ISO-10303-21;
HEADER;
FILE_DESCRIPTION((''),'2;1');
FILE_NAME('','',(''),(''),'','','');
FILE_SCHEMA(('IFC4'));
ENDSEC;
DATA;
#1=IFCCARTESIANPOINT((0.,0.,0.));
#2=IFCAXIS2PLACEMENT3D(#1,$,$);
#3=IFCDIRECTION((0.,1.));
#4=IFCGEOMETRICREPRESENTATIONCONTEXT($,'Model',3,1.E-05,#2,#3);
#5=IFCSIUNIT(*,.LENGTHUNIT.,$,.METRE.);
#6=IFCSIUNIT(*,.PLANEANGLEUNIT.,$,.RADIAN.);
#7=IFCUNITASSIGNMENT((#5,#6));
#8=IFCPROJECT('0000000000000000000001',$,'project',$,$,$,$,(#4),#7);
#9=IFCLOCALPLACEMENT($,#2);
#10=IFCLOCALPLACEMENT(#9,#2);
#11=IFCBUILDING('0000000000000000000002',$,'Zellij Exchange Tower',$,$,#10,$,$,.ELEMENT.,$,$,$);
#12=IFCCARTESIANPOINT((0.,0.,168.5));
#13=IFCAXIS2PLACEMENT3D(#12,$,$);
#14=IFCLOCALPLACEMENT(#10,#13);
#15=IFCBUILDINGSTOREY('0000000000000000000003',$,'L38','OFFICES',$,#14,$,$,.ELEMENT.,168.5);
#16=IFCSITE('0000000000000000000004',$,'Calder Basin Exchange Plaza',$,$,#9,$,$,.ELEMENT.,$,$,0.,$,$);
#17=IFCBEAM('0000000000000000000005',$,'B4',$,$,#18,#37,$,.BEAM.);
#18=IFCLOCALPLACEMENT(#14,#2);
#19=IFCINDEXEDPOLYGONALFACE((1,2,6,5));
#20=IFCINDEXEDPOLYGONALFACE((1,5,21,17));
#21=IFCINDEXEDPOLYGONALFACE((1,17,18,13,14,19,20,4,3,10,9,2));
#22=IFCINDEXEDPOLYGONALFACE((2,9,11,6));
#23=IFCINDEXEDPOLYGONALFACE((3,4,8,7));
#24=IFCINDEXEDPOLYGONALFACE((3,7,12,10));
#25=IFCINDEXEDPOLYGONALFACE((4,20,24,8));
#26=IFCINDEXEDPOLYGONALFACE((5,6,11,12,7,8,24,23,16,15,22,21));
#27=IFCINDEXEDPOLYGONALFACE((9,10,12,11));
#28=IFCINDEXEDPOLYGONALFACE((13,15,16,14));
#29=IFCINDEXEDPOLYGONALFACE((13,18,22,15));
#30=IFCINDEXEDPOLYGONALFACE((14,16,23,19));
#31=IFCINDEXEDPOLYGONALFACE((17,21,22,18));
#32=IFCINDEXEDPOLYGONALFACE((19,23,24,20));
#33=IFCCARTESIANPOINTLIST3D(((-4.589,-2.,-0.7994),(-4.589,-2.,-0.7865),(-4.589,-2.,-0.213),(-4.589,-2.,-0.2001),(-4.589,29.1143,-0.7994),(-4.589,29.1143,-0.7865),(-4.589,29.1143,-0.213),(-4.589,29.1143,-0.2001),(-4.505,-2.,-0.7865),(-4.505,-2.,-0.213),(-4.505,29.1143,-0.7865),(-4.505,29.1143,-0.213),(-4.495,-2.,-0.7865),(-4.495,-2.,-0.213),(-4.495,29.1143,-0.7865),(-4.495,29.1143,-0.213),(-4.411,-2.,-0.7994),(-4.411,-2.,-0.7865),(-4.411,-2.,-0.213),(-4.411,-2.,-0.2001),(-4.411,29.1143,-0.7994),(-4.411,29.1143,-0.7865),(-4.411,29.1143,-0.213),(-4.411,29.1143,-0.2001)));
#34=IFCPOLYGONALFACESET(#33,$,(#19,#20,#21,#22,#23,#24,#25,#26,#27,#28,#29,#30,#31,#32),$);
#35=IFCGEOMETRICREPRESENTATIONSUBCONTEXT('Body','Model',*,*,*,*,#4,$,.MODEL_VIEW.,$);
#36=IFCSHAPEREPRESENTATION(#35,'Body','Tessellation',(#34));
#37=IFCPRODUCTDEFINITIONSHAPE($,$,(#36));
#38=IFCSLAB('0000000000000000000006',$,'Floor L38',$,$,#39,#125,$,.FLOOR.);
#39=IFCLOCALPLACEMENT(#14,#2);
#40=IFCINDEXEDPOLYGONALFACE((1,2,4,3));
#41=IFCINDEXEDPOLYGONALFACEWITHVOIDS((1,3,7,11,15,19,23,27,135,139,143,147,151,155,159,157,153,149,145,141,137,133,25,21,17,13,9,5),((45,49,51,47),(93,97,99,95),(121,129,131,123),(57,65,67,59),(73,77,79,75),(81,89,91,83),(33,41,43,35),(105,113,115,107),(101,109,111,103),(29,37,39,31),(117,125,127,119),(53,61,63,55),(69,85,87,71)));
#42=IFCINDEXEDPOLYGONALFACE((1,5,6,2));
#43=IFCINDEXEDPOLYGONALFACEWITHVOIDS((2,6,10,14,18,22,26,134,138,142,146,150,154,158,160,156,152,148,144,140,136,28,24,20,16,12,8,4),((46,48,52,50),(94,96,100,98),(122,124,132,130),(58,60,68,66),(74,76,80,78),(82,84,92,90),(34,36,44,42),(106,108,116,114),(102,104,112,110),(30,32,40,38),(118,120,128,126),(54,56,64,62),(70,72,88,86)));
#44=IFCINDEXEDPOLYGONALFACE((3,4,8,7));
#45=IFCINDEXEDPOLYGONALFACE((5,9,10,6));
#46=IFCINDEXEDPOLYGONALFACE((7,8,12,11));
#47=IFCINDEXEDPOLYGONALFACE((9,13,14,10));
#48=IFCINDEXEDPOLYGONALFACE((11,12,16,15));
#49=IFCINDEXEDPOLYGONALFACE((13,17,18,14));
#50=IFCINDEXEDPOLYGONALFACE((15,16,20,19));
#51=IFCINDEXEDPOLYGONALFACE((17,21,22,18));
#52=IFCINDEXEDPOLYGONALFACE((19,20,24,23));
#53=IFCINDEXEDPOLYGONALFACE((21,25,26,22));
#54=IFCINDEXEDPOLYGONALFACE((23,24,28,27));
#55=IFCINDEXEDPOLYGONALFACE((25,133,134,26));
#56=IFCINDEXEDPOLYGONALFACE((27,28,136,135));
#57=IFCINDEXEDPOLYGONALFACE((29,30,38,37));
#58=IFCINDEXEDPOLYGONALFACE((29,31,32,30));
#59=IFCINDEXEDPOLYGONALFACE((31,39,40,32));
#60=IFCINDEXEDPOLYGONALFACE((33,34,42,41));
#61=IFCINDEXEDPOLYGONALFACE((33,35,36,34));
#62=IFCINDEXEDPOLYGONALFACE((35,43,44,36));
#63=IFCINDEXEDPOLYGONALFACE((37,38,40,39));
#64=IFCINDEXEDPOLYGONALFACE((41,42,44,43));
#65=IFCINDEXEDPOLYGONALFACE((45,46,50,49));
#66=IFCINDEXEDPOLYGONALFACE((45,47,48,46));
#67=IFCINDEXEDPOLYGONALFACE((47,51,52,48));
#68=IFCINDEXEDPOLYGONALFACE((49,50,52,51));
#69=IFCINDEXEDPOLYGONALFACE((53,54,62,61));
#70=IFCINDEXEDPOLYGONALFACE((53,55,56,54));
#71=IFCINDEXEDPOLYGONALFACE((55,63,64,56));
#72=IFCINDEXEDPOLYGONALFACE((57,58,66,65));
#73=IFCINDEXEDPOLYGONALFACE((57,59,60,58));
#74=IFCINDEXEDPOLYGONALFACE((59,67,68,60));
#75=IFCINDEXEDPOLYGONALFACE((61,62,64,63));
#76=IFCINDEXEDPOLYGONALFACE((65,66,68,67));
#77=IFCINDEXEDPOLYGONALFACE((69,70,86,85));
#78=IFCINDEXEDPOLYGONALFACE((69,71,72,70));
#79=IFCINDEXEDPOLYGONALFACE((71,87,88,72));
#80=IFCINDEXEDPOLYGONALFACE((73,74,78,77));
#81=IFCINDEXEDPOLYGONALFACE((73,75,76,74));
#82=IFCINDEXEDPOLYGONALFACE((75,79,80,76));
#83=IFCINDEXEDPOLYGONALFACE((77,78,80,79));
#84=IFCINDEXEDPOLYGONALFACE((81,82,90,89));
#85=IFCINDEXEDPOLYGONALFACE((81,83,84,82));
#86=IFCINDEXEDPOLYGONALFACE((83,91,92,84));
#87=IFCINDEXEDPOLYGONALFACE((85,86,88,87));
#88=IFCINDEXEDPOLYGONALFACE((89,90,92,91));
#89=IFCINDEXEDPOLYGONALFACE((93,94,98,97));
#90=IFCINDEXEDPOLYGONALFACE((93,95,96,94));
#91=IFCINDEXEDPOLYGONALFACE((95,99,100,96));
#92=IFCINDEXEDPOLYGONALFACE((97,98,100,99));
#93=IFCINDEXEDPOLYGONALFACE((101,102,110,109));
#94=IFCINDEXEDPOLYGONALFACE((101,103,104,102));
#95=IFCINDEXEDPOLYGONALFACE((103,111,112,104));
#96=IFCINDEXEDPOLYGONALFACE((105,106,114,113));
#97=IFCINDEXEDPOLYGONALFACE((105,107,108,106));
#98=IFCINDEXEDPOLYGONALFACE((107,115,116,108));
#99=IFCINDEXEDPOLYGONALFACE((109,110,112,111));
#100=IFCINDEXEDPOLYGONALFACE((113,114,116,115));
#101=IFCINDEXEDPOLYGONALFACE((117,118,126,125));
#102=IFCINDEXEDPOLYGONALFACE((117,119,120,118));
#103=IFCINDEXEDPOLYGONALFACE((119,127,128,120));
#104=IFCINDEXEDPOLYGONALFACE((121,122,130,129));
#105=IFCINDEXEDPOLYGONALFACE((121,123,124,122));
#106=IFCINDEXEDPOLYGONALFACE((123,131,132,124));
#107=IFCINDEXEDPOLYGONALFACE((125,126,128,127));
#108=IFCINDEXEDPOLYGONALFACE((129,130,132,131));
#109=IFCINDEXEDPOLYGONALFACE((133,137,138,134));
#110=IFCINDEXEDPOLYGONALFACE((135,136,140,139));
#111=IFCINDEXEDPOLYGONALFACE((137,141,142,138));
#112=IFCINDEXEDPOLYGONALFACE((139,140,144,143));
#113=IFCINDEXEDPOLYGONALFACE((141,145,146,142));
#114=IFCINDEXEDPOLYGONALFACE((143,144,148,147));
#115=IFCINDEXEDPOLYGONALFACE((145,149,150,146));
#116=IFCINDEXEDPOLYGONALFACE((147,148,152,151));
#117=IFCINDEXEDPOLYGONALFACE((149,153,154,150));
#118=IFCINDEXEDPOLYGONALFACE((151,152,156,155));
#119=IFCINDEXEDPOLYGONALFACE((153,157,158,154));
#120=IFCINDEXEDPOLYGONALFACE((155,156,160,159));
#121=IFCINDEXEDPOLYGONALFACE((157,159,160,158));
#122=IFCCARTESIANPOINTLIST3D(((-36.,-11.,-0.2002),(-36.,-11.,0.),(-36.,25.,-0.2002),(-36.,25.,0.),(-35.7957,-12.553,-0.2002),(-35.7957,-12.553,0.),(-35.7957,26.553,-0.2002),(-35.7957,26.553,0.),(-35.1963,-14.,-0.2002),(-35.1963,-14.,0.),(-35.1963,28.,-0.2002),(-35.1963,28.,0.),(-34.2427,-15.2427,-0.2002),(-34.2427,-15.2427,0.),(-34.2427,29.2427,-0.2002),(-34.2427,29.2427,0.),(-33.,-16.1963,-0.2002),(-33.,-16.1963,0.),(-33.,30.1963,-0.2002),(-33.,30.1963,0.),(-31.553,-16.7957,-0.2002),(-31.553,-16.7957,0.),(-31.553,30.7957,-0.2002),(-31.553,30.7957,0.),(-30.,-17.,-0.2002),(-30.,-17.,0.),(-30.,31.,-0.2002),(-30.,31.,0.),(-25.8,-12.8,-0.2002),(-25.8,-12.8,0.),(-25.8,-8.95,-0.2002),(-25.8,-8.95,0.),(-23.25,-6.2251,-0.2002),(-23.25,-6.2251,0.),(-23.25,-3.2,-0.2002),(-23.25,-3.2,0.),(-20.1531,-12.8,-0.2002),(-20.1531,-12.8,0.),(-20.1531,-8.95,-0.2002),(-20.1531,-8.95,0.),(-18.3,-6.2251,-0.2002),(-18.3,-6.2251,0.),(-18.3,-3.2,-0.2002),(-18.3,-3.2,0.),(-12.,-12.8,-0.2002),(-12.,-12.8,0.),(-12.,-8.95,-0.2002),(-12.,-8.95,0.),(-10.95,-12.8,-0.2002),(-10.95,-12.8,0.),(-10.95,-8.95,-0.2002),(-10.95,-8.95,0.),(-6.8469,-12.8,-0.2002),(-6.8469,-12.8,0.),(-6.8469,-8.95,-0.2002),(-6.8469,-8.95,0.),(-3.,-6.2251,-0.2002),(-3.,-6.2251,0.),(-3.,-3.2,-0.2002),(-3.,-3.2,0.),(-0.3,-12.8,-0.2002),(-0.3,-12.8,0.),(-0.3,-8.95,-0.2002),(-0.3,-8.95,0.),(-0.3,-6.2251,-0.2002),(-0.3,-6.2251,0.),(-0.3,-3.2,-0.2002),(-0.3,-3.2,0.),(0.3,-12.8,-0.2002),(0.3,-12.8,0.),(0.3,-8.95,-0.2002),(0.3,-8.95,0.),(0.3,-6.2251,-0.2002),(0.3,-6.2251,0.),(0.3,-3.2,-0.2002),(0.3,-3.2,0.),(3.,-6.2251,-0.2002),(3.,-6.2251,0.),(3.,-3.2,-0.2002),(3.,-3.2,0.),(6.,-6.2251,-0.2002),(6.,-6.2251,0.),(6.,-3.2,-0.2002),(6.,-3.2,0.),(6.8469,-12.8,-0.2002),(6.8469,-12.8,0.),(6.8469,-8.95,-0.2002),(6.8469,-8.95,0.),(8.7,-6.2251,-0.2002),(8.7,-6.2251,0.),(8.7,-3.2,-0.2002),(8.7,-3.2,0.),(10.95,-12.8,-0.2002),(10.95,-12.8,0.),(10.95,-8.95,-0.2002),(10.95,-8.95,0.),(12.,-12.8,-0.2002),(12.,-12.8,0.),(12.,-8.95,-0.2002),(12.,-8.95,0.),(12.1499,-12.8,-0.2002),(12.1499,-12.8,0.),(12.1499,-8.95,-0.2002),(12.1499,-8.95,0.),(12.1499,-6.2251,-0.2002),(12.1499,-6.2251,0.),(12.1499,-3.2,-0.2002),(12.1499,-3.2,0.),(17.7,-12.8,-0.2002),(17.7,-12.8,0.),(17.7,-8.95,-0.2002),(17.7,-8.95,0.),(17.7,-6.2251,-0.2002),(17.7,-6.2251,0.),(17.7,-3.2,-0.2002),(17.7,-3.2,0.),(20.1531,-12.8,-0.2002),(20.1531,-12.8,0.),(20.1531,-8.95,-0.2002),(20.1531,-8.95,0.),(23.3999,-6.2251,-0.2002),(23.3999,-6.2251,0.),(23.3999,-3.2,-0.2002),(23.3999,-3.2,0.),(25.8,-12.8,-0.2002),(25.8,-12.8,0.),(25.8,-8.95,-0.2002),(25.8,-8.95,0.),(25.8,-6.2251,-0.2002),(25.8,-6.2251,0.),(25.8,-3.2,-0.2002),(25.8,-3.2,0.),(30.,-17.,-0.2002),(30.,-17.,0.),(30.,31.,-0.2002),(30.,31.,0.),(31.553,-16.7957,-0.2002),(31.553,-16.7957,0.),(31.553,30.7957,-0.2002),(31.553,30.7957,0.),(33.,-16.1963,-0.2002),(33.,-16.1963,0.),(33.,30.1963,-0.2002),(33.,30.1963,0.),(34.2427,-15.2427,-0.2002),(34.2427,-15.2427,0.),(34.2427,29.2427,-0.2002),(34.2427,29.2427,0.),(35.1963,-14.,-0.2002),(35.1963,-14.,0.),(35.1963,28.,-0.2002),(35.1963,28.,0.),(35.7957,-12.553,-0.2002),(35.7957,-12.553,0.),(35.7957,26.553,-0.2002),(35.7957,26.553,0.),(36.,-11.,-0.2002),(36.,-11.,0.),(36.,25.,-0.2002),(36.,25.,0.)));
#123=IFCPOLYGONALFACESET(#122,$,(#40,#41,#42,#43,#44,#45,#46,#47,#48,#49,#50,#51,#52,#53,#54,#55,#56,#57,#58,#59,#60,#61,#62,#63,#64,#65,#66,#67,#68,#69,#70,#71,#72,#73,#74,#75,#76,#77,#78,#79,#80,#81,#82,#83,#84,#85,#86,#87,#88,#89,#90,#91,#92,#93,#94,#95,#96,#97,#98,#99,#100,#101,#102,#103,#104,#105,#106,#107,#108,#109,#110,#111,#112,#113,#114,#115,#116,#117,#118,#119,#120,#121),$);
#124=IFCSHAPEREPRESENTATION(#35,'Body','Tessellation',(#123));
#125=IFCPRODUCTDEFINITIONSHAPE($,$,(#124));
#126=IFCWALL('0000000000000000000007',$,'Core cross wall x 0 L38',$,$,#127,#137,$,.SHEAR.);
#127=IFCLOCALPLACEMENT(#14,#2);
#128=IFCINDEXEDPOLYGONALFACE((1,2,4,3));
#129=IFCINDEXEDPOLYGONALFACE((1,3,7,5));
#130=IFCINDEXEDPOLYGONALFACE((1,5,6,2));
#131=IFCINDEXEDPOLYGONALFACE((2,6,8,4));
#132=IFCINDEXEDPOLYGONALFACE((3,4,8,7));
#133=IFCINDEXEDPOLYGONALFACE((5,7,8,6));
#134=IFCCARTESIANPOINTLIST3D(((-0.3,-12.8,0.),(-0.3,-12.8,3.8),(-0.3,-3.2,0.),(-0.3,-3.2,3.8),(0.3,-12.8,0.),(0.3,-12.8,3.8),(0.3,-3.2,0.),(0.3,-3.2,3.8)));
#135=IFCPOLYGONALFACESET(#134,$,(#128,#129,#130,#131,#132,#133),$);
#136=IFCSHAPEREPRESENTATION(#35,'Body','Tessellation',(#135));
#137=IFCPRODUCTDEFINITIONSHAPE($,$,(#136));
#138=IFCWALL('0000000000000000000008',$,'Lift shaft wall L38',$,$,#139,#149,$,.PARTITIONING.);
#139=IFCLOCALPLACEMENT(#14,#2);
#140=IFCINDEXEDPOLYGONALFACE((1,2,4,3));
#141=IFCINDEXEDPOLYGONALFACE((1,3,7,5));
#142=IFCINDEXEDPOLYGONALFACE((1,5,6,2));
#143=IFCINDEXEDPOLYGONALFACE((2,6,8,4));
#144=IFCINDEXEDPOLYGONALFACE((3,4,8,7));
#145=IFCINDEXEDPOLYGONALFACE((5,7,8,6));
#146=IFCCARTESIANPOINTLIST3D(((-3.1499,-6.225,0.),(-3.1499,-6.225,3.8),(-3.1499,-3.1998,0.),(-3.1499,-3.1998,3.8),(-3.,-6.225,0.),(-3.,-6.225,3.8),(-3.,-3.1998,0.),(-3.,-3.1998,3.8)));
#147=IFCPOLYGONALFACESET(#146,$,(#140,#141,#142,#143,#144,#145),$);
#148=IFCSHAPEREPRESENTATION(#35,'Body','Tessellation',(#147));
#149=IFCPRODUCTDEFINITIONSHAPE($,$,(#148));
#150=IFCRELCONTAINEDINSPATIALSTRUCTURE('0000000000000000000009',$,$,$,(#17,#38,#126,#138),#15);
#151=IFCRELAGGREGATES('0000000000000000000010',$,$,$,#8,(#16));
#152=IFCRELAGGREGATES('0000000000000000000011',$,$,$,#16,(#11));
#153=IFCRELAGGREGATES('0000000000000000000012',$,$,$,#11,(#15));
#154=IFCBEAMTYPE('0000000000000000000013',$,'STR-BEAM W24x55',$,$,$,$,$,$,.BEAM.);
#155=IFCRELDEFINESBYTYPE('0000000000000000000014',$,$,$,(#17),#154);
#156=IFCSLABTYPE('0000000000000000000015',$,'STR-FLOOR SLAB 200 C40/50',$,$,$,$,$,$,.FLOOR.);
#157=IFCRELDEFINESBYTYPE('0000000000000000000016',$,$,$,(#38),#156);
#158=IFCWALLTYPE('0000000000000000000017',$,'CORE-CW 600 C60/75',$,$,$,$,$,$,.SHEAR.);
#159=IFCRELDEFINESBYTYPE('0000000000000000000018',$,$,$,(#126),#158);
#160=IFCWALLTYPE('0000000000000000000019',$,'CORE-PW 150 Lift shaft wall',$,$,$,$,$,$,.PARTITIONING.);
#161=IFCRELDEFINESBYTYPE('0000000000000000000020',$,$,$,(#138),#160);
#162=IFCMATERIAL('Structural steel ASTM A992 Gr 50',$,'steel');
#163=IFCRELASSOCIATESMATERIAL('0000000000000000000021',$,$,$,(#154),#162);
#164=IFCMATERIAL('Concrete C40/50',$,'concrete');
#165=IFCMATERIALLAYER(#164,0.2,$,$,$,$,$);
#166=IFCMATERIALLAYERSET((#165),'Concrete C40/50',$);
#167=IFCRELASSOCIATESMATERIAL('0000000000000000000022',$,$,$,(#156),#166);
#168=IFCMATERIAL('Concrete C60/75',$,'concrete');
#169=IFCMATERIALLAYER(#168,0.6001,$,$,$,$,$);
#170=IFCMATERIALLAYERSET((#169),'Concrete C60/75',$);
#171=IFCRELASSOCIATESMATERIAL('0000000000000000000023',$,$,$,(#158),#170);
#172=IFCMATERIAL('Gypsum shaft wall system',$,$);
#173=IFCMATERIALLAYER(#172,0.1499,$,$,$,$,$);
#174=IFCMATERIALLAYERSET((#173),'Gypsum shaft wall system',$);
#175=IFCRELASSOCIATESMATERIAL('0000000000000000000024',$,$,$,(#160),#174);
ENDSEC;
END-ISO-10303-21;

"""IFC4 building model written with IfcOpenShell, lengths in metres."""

from ifc_helpers import new_model, si_unit, direction, frame, frame_2d, origin, origin_2d, place, context, subcontext, project, spatial, polyline, rectangle, i_section, outline, extrude, material, layer, layer_set, material_profile, profile_set, type_object, element, save


model = new_model("IFC4")

# Units and contexts
model_context = context("Model", 3, precision=1e-05, world=origin(), true_north=direction((0.0, 1.0)))
body_context = subcontext(model_context, "Body", "Model", "MODEL_VIEW")
ifc_project = project(units=[si_unit("LENGTHUNIT", "METRE"), si_unit("PLANEANGLEUNIT", "RADIAN")], contexts=[model_context])

# Site, building, storey
site_placement = place(None, origin())
site = spatial("IfcSite", under=ifc_project, at=site_placement, Name="Calder Basin Exchange Plaza", CompositionType="ELEMENT", RefElevation=0.0)
building_placement = place(site_placement, origin())
building = spatial("IfcBuilding", under=site, at=building_placement, Name="Zellij Exchange Tower", CompositionType="ELEMENT")
storey_placement = place(building_placement, frame((0.0, 0.0, 168.5)))
storey = spatial("IfcBuildingStorey", under=building, at=storey_placement, Name="L38", Description="OFFICES", CompositionType="ELEMENT", Elevation=168.5)

# Beam
ifc_material_1 = material(Name="Structural steel ASTM A992 Gr 50", Category="steel")
ifc_material_profile = material_profile(ifc_material_1, i_section(OverallWidth=0.178, OverallDepth=0.5994, WebThickness=0.01, FlangeThickness=0.0129, at=origin_2d()), Name="W24x55")
ifc_profile_set = profile_set([ifc_material_profile], Name="Structural steel ASTM A992 Gr 50")
beam_type = type_object("IfcBeamType", Name="STR-BEAM W24x55", PredefinedType="BEAM", material=ifc_profile_set)
beam_placement = place(storey_placement, frame((-4.5, -2.0, -0.4998), z_axis=(0.0, 1.0, 0.0), x_axis=(-1.0, 0.0, 0.0)))
element("IfcBeam", 1, at=beam_placement, inside=storey, type_object=beam_type, Name="B4", PredefinedType="BEAM", context=body_context, shape_type="SweptSolid", body=[
    extrude(i_section(OverallWidth=0.178, OverallDepth=0.5994, WebThickness=0.01, FlangeThickness=0.0129, at=origin_2d()), origin(), (0.0, 0.0, 1.0), 31.1143),
])

# Slab
ifc_material_2 = material(Name="Concrete C40/50", Category="concrete")
ifc_layer_1 = layer(ifc_material_2, 0.2)
ifc_layer_set_1 = layer_set([ifc_layer_1], Name="Concrete C40/50")
slab_type = type_object("IfcSlabType", Name="STR-FLOOR SLAB 200 C40/50", PredefinedType="FLOOR", material=ifc_layer_set_1)
slab_placement = place(storey_placement, frame((0.0, 0.0, -0.2002)))
element("IfcSlab", 2, at=slab_placement, inside=storey, type_object=slab_type, Name="Floor L38", PredefinedType="FLOOR", context=body_context, shape_type="SweptSolid", body=[
    extrude(outline(polyline([(-30.0, -17.0), (-31.553, -16.7957), (-33.0, -16.1963), (-34.2427, -15.2427), (-35.1963, -14.0), (-35.7957, -12.553), (-36.0, -11.0), (-36.0, 25.0), (-35.7957, 26.553), (-35.1963, 28.0), (-34.2427, 29.2427), (-33.0, 30.1963), (-31.553, 30.7957), (-30.0, 31.0), (30.0, 31.0), (31.553, 30.7957), (33.0, 30.1963), (34.2427, 29.2427), (35.1963, 28.0), (35.7957, 26.553), (36.0, 25.0), (36.0, -11.0), (35.7957, -12.553), (35.1963, -14.0), (34.2427, -15.2427), (33.0, -16.1963), (31.553, -16.7957), (30.0, -17.0), (-30.0, -17.0)]), holes=[polyline([(-25.8, -8.95), (-25.8, -12.8), (-20.1531, -12.8), (-20.1531, -8.95), (-25.8, -8.95)]), polyline([(-10.95, -8.95), (-12.0, -8.95), (-12.0, -12.8), (-10.95, -12.8), (-10.95, -8.95)]), polyline([(-0.3, -8.95), (-6.8469, -8.95), (-6.8469, -12.8), (-0.3, -12.8), (-0.3, -8.95)]), polyline([(0.3, -8.95), (0.3, -12.8), (6.8469, -12.8), (6.8469, -8.95), (0.3, -8.95)]), polyline([(-18.3, -3.2), (-23.25, -3.2), (-23.25, -6.2251), (-18.3, -6.2251), (-18.3, -3.2)]), polyline([(-0.3, -3.2), (-3.0, -3.2), (-3.0, -6.2251), (-0.3, -6.2251), (-0.3, -3.2)]), polyline([(0.3, -3.2), (0.3, -6.2251), (3.0, -6.2251), (3.0, -3.2), (0.3, -3.2)]), polyline([(12.0, -8.95), (10.95, -8.95), (10.95, -12.8), (12.0, -12.8), (12.0, -8.95)]), polyline([(17.7, -8.95), (12.1499, -8.95), (12.1499, -12.8), (17.7, -12.8), (17.7, -8.95)]), polyline([(25.8, -8.95), (20.1531, -8.95), (20.1531, -12.8), (25.8, -12.8), (25.8, -8.95)]), polyline([(8.7, -3.2), (6.0, -3.2), (6.0, -6.2251), (8.7, -6.2251), (8.7, -3.2)]), polyline([(17.7, -3.2), (12.1499, -3.2), (12.1499, -6.2251), (17.7, -6.2251), (17.7, -3.2)]), polyline([(25.8, -3.2), (23.3999, -3.2), (23.3999, -6.2251), (25.8, -6.2251), (25.8, -3.2)])]), origin(), (0.0, 0.0, 1.0), 0.2002),
])

# Walls
ifc_material_3 = material(Name="Concrete C60/75", Category="concrete")
ifc_layer_2 = layer(ifc_material_3, 0.6001)
ifc_layer_set_2 = layer_set([ifc_layer_2], Name="Concrete C60/75")
wall_type_1 = type_object("IfcWallType", Name="CORE-CW 600 C60/75", PredefinedType="SHEAR", material=ifc_layer_set_2)
wall_1_placement = place(storey_placement, frame((0.0, -12.8, 0.0), z_axis=(0.0, 0.0, 1.0), x_axis=(0.0, 1.0, 0.0)))
element("IfcWall", 3, at=wall_1_placement, inside=storey, type_object=wall_type_1, Name="Core cross wall x 0 L38", PredefinedType="SHEAR", context=body_context, shape_type="SweptSolid", body=[
    extrude(rectangle(XDim=9.6001, YDim=0.6001, at=frame_2d((4.8, 0.0))), origin(), (0.0, 0.0, 1.0), 3.8),
])
ifc_material_4 = material(Name="Gypsum shaft wall system")
ifc_layer_3 = layer(ifc_material_4, 0.1499)
ifc_layer_set_3 = layer_set([ifc_layer_3], Name="Gypsum shaft wall system")
wall_type_2 = type_object("IfcWallType", Name="CORE-PW 150 Lift shaft wall", PredefinedType="PARTITIONING", material=ifc_layer_set_3)
wall_2_placement = place(storey_placement, frame((-3.075, -6.2251, 0.0), z_axis=(0.0, 0.0, 1.0), x_axis=(0.0, 1.0, 0.0)))
element("IfcWall", 4, at=wall_2_placement, inside=storey, type_object=wall_type_2, Name="Lift shaft wall L38", PredefinedType="PARTITIONING", context=body_context, shape_type="SweptSolid", body=[
    extrude(rectangle(XDim=3.0251, YDim=0.1499, at=frame_2d((1.5127, 0.0))), origin(), (0.0, 0.0, 1.0), 3.8),
])

save(model, "model.ifc")
